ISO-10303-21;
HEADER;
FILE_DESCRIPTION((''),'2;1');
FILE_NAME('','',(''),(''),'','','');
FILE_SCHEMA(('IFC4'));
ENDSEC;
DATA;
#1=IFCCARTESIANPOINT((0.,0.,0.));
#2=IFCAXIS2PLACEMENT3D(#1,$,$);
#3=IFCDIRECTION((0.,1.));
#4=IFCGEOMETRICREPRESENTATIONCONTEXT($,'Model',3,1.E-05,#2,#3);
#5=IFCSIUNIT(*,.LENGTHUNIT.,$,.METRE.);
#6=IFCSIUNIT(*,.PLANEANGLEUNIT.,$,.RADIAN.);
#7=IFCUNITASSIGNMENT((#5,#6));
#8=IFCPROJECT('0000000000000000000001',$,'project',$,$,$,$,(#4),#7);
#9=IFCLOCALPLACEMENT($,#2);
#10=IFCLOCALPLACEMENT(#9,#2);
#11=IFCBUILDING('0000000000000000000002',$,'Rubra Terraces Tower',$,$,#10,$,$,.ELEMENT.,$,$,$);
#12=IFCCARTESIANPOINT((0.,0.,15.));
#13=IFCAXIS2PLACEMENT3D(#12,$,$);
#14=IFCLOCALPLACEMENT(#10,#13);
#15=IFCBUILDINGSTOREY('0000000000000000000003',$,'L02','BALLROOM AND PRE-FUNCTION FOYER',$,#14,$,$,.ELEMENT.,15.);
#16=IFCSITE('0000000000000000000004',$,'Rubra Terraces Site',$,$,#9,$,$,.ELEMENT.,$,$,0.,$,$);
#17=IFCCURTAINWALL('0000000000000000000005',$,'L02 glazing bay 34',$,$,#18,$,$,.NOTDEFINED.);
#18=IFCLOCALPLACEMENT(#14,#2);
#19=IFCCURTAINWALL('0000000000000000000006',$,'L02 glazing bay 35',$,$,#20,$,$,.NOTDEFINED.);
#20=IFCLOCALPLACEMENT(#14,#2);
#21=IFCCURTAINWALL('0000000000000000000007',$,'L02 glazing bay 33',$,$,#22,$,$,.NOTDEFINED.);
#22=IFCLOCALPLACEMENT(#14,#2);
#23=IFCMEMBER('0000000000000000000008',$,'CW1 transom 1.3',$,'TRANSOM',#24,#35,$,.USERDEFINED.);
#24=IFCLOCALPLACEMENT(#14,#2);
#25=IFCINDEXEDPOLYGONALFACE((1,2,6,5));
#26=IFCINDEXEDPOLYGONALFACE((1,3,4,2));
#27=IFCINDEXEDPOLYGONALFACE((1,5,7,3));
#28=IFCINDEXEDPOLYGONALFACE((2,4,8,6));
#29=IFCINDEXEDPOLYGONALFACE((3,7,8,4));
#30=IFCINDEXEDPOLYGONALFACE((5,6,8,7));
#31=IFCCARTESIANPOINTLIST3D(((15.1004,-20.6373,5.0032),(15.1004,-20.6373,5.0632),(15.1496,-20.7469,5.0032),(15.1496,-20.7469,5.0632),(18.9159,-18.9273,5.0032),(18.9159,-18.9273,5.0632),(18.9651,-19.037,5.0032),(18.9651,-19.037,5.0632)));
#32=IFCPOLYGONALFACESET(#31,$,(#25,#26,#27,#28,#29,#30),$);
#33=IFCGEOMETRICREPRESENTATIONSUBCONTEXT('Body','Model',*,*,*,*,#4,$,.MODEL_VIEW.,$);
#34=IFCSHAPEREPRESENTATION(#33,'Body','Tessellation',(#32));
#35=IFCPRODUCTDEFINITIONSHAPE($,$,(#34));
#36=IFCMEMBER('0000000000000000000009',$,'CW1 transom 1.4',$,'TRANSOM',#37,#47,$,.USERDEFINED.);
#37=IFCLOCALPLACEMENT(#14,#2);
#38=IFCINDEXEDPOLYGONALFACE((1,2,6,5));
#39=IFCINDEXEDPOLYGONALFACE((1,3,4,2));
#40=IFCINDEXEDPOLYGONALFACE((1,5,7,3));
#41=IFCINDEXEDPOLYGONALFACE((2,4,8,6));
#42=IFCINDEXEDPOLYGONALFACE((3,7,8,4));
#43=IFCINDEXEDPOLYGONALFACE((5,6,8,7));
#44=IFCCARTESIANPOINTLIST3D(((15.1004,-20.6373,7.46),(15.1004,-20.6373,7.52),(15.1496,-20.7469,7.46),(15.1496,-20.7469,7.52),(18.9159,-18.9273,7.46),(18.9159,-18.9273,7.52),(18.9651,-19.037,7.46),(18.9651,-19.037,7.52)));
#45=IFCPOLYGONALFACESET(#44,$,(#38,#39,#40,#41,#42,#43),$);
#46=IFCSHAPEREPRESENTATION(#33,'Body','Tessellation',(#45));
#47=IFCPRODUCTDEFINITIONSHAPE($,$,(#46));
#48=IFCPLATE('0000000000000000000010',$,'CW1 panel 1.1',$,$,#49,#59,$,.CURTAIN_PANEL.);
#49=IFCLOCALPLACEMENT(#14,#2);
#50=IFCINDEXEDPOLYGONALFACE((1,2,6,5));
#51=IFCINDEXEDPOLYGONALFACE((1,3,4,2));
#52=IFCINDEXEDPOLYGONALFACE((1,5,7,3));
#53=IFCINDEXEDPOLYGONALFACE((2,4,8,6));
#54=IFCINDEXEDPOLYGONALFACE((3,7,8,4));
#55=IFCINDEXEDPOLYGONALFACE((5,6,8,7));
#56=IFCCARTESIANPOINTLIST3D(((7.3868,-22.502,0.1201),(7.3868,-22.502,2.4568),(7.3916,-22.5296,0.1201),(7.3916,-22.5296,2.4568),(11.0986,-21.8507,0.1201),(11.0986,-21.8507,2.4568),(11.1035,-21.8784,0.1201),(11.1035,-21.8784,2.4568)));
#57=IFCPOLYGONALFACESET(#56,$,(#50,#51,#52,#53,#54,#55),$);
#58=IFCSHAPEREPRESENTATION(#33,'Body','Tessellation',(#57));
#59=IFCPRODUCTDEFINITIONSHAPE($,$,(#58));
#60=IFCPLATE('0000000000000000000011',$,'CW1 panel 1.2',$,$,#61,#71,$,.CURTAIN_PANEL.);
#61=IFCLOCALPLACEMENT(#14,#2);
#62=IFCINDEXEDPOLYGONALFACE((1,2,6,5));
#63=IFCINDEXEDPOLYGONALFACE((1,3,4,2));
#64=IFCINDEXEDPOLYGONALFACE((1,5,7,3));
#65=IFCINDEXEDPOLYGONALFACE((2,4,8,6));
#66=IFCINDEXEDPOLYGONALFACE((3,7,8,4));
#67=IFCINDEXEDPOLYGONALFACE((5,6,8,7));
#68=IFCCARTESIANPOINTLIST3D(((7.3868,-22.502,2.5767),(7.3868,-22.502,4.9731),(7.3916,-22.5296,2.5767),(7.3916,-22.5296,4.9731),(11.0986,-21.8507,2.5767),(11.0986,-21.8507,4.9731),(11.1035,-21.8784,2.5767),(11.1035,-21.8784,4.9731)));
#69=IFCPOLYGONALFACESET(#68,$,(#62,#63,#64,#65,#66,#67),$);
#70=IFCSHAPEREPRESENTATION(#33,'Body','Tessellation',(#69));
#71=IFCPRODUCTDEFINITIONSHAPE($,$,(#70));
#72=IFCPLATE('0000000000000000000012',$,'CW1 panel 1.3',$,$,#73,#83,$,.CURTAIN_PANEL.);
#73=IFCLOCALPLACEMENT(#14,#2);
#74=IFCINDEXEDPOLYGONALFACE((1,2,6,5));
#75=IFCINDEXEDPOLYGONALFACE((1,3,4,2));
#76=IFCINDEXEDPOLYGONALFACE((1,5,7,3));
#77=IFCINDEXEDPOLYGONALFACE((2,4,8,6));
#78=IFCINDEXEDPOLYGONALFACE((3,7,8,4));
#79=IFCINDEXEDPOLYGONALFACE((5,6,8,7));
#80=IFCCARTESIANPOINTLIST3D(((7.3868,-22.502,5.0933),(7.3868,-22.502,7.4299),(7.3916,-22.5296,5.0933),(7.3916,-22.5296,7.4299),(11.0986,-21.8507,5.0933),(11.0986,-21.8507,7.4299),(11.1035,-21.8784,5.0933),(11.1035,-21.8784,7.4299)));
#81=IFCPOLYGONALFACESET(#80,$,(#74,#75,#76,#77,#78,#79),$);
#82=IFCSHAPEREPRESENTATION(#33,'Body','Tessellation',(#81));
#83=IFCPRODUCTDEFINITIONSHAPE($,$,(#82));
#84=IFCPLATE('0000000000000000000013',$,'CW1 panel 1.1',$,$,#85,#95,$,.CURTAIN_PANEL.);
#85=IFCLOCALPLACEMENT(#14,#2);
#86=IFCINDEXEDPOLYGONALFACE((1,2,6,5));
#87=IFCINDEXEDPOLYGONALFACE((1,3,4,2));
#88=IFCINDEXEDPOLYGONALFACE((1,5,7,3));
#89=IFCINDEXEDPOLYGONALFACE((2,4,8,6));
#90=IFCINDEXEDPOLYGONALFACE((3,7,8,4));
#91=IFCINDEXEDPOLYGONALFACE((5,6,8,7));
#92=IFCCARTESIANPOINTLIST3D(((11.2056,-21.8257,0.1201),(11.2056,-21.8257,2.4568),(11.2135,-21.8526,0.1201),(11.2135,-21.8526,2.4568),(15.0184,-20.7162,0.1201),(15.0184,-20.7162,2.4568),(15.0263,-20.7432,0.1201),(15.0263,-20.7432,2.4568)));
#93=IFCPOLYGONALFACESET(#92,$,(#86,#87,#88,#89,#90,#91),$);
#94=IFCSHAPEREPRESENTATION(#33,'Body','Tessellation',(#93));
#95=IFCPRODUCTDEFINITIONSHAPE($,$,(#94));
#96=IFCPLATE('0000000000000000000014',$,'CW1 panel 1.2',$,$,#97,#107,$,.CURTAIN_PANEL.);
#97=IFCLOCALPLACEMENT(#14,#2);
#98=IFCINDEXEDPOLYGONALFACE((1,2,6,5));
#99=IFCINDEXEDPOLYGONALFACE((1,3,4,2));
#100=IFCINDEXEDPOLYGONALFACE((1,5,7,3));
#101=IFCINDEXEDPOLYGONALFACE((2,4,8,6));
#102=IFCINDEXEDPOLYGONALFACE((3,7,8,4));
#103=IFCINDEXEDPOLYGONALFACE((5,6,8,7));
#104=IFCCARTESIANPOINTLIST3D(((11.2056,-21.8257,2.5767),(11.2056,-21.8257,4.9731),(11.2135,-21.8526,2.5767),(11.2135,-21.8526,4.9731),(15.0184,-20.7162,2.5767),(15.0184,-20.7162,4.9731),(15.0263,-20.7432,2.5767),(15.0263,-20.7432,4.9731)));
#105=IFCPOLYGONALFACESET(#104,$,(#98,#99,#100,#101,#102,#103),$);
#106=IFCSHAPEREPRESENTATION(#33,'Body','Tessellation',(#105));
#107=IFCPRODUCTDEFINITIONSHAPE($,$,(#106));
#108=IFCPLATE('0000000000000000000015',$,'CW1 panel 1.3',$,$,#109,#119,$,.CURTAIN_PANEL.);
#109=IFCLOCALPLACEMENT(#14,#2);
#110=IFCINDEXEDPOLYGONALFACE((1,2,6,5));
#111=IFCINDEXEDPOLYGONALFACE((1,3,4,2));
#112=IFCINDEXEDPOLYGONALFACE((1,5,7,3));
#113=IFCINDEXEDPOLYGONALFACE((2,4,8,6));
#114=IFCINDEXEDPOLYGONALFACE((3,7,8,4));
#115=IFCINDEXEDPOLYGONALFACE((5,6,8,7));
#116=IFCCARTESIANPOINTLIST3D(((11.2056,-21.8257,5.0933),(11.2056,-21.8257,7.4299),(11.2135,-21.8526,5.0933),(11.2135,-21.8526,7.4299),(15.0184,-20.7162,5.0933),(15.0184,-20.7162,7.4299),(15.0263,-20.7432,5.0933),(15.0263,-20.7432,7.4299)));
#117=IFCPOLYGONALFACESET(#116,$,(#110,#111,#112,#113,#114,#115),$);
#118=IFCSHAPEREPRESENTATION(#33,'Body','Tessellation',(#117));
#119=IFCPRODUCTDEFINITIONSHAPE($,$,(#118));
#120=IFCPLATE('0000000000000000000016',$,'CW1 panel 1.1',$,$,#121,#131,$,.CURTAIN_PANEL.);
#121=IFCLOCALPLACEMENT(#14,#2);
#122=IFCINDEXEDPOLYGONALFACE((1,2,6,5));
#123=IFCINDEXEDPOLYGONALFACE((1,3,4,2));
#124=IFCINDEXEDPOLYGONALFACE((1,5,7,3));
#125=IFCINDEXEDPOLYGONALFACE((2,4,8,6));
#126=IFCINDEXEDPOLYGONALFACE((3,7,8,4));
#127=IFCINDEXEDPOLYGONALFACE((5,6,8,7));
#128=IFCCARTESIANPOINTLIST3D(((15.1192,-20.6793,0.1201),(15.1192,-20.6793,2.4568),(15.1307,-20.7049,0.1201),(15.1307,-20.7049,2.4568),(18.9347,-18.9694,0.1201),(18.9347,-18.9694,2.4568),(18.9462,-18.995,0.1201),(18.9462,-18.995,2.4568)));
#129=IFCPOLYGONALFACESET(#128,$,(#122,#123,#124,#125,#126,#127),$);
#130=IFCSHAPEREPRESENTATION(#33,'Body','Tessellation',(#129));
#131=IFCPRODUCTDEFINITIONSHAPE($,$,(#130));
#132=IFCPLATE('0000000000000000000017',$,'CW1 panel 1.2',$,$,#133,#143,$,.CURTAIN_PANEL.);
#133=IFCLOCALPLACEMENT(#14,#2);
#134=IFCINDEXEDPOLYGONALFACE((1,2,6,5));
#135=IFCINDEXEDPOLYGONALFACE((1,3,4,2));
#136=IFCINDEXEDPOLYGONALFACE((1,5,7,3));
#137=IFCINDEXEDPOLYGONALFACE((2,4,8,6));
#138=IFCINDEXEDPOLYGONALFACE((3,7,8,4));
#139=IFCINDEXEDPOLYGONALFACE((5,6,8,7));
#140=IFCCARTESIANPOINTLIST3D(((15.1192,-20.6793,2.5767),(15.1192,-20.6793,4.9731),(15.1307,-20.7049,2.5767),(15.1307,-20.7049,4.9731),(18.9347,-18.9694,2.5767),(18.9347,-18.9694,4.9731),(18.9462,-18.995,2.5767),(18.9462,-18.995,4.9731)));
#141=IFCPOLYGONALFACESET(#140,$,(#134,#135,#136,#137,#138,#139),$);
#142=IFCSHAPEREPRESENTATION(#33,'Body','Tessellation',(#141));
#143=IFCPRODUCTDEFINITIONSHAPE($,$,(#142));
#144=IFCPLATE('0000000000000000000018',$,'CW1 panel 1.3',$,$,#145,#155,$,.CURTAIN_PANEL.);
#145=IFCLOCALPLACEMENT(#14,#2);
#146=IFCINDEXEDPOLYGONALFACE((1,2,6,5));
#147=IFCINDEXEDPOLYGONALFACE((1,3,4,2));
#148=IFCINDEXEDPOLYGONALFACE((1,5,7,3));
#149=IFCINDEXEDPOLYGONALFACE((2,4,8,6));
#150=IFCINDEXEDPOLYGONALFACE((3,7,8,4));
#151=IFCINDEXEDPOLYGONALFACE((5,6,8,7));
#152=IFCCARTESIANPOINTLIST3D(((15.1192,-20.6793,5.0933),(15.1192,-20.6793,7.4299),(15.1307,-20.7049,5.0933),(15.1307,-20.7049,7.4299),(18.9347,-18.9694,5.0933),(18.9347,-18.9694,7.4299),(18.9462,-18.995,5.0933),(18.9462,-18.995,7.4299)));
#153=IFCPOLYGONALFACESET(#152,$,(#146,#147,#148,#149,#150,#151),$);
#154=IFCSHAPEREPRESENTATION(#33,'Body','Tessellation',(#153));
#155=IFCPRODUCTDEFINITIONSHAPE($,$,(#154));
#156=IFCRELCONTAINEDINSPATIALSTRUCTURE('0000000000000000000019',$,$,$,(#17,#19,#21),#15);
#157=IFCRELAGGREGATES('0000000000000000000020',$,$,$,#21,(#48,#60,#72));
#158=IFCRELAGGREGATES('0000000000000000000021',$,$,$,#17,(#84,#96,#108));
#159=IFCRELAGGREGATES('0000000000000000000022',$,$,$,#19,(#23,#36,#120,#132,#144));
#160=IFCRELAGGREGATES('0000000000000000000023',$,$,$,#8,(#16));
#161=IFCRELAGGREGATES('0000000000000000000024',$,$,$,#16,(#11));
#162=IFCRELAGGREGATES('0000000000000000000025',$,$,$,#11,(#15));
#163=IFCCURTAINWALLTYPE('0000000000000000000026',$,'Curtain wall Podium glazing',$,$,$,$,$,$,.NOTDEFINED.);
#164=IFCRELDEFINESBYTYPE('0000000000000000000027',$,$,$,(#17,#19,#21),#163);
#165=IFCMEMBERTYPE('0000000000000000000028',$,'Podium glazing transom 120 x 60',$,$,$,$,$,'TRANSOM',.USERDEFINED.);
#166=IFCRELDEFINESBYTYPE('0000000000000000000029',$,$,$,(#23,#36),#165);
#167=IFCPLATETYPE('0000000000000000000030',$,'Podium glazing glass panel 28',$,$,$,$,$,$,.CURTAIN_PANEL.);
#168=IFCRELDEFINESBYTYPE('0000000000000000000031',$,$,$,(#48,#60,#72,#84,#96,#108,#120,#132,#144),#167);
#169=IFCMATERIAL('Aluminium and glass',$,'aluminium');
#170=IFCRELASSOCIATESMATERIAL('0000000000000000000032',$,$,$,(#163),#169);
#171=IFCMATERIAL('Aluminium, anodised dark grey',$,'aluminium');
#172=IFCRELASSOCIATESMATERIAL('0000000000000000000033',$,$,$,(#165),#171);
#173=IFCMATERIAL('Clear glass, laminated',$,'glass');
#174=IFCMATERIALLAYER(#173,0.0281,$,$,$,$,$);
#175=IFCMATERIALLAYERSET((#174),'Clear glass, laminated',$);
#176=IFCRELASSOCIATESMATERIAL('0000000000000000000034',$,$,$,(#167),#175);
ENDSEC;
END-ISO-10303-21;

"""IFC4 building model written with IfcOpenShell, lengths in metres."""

from ifc_helpers import new_model, si_unit, direction, frame, origin, origin_2d, place, context, subcontext, project, spatial, rectangle, extrude, material, layer, layer_set, material_profile, profile_set, type_object, element, aggregate, save


model = new_model("IFC4")

# Units and contexts
model_context = context("Model", 3, precision=1e-05, world=origin(), true_north=direction((0.0, 1.0)))
body_context = subcontext(model_context, "Body", "Model", "MODEL_VIEW")
ifc_project = project(units=[si_unit("LENGTHUNIT", "METRE"), si_unit("PLANEANGLEUNIT", "RADIAN")], contexts=[model_context])

# Site, building, storey
site_placement = place(None, origin())
site = spatial("IfcSite", under=ifc_project, at=site_placement, Name="Rubra Terraces Site", CompositionType="ELEMENT", RefElevation=0.0)
building_placement = place(site_placement, origin())
building = spatial("IfcBuilding", under=site, at=building_placement, Name="Rubra Terraces Tower", CompositionType="ELEMENT")
storey_placement = place(building_placement, frame((0.0, 0.0, 15.0)))
storey = spatial("IfcBuildingStorey", under=building, at=storey_placement, Name="L02", Description="BALLROOM AND PRE-FUNCTION FOYER", CompositionType="ELEMENT", Elevation=15.0)

# Curtain walls
ifc_material_1 = material(Name="Aluminium and glass", Category="aluminium")
curtain_wall_type = type_object("IfcCurtainWallType", Name="Curtain wall Podium glazing", PredefinedType="NOTDEFINED", material=ifc_material_1)
curtain_wall_1_placement = place(storey_placement, origin())
curtain_wall_1 = element("IfcCurtainWall", 1, at=curtain_wall_1_placement, inside=storey, type_object=curtain_wall_type, Name="L02 glazing bay 34", PredefinedType="NOTDEFINED")
ifc_material_2 = material(Name="Aluminium, anodised dark grey", Category="aluminium")
curtain_wall_2_placement = place(storey_placement, origin())
curtain_wall_2 = element("IfcCurtainWall", 2, at=curtain_wall_2_placement, inside=storey, type_object=curtain_wall_type, Name="L02 glazing bay 35", PredefinedType="NOTDEFINED")

# Curtain wall
curtain_wall_3_placement = place(storey_placement, origin())
curtain_wall_3 = element("IfcCurtainWall", 3, at=curtain_wall_3_placement, inside=storey, type_object=curtain_wall_type, Name="L02 glazing bay 33", PredefinedType="NOTDEFINED")
ifc_material_profile_1 = material_profile(ifc_material_2, rectangle(XDim=0.1201, YDim=0.0601, at=origin_2d()), Name="AL 120x60")
ifc_profile_set_1 = profile_set([ifc_material_profile_1], Name="Aluminium, anodised dark grey")
member_type_1 = type_object("IfcMemberType", Name="Podium glazing transom 120 x 60", ElementType="TRANSOM", PredefinedType="USERDEFINED", material=ifc_profile_set_1)

# Members
member_1_placement = place(storey_placement, frame((15.125, -20.6921, 5.0332), z_axis=(0.912545, 0.408975, 0.0), x_axis=(-0.408975, 0.912545, 0.0)))
member_1 = element("IfcMember", 4, at=member_1_placement, type_object=member_type_1, Name="CW1 transom 1.3", ObjectType="TRANSOM", PredefinedType="USERDEFINED", context=body_context, shape_type="SweptSolid", body=[
    extrude(rectangle(XDim=0.1201, YDim=0.0601, at=origin_2d()), origin(), (0.0, 0.0, 1.0), 4.1812),
])
member_2_placement = place(storey_placement, frame((15.125, -20.6921, 7.49), z_axis=(0.912545, 0.408975, 0.0), x_axis=(-0.408975, 0.912545, 0.0)))
member_2 = element("IfcMember", 5, at=member_2_placement, type_object=member_type_1, Name="CW1 transom 1.4", ObjectType="TRANSOM", PredefinedType="USERDEFINED", context=body_context, shape_type="SweptSolid", body=[
    extrude(rectangle(XDim=0.1201, YDim=0.0601, at=origin_2d()), origin(), (0.0, 0.0, 1.0), 4.1812),
])

# Plates
ifc_material_3 = material(Name="Clear glass, laminated", Category="glass")
ifc_layer = layer(ifc_material_3, 0.0281)
ifc_layer_set = layer_set([ifc_layer], Name="Clear glass, laminated")
plate_type = type_object("IfcPlateType", Name="Podium glazing glass panel 28", PredefinedType="CURTAIN_PANEL", material=ifc_layer_set)
plate_1_placement = place(storey_placement, frame((9.2451, -22.1902, 0.1201), z_axis=(0.0, 0.0, 1.0), x_axis=(0.984954, 0.172817, 0.0)))
plate_1 = element("IfcPlate", 6, at=plate_1_placement, type_object=plate_type, Name="CW1 panel 1.1", PredefinedType="CURTAIN_PANEL", context=body_context, shape_type="SweptSolid", body=[
    extrude(rectangle(XDim=3.7686, YDim=0.0281, at=origin_2d()), origin(), (0.0, 0.0, 1.0), 2.3367),
])
plate_2_placement = place(storey_placement, frame((9.2451, -22.1902, 2.5767), z_axis=(0.0, 0.0, 1.0), x_axis=(0.984954, 0.172817, 0.0)))
plate_2 = element("IfcPlate", 7, at=plate_2_placement, type_object=plate_type, Name="CW1 panel 1.2", PredefinedType="CURTAIN_PANEL", context=body_context, shape_type="SweptSolid", body=[
    extrude(rectangle(XDim=3.7686, YDim=0.0281, at=origin_2d()), origin(), (0.0, 0.0, 1.0), 2.3965),
])
plate_3_placement = place(storey_placement, frame((9.2451, -22.1902, 5.0933), z_axis=(0.0, 0.0, 1.0), x_axis=(0.984954, 0.172817, 0.0)))
plate_3 = element("IfcPlate", 8, at=plate_3_placement, type_object=plate_type, Name="CW1 panel 1.3", PredefinedType="CURTAIN_PANEL", context=body_context, shape_type="SweptSolid", body=[
    extrude(rectangle(XDim=3.7686, YDim=0.0281, at=origin_2d()), origin(), (0.0, 0.0, 1.0), 2.3367),
])
aggregate(curtain_wall_3, [plate_1, plate_2, plate_3])
plate_4_placement = place(storey_placement, frame((13.116, -21.2844, 0.1201), z_axis=(0.0, 0.0, 1.0), x_axis=(0.960175, 0.279399, 0.0)))
plate_4 = element("IfcPlate", 9, at=plate_4_placement, type_object=plate_type, Name="CW1 panel 1.1", PredefinedType="CURTAIN_PANEL", context=body_context, shape_type="SweptSolid", body=[
    extrude(rectangle(XDim=3.9709, YDim=0.0281, at=origin_2d()), origin(), (0.0, 0.0, 1.0), 2.3367),
])
plate_5_placement = place(storey_placement, frame((13.116, -21.2844, 2.5767), z_axis=(0.0, 0.0, 1.0), x_axis=(0.960175, 0.279399, 0.0)))
plate_5 = element("IfcPlate", 10, at=plate_5_placement, type_object=plate_type, Name="CW1 panel 1.2", PredefinedType="CURTAIN_PANEL", context=body_context, shape_type="SweptSolid", body=[
    extrude(rectangle(XDim=3.9709, YDim=0.0281, at=origin_2d()), origin(), (0.0, 0.0, 1.0), 2.3965),
])
plate_6_placement = place(storey_placement, frame((13.116, -21.2844, 5.0933), z_axis=(0.0, 0.0, 1.0), x_axis=(0.960175, 0.279399, 0.0)))
plate_6 = element("IfcPlate", 11, at=plate_6_placement, type_object=plate_type, Name="CW1 panel 1.3", PredefinedType="CURTAIN_PANEL", context=body_context, shape_type="SweptSolid", body=[
    extrude(rectangle(XDim=3.9709, YDim=0.0281, at=origin_2d()), origin(), (0.0, 0.0, 1.0), 2.3367),
])
aggregate(curtain_wall_1, [plate_4, plate_5, plate_6])
plate_7_placement = place(storey_placement, frame((17.0327, -19.8372, 0.1201), z_axis=(0.0, 0.0, 1.0), x_axis=(0.912551, 0.408962, 0.0)))
plate_7 = element("IfcPlate", 12, at=plate_7_placement, type_object=plate_type, Name="CW1 panel 1.1", PredefinedType="CURTAIN_PANEL", context=body_context, shape_type="SweptSolid", body=[
    extrude(rectangle(XDim=4.1812, YDim=0.0281, at=origin_2d()), origin(), (0.0, 0.0, 1.0), 2.3367),
])
plate_8_placement = place(storey_placement, frame((17.0327, -19.8372, 2.5767), z_axis=(0.0, 0.0, 1.0), x_axis=(0.912551, 0.408962, 0.0)))
plate_8 = element("IfcPlate", 13, at=plate_8_placement, type_object=plate_type, Name="CW1 panel 1.2", PredefinedType="CURTAIN_PANEL", context=body_context, shape_type="SweptSolid", body=[
    extrude(rectangle(XDim=4.1812, YDim=0.0281, at=origin_2d()), origin(), (0.0, 0.0, 1.0), 2.3965),
])
plate_9_placement = place(storey_placement, frame((17.0327, -19.8372, 5.0933), z_axis=(0.0, 0.0, 1.0), x_axis=(0.912551, 0.408962, 0.0)))
plate_9 = element("IfcPlate", 14, at=plate_9_placement, type_object=plate_type, Name="CW1 panel 1.3", PredefinedType="CURTAIN_PANEL", context=body_context, shape_type="SweptSolid", body=[
    extrude(rectangle(XDim=4.1812, YDim=0.0281, at=origin_2d()), origin(), (0.0, 0.0, 1.0), 2.3367),
])
aggregate(curtain_wall_2, [member_1, member_2, plate_7, plate_8, plate_9])

save(model, "model.ifc")
